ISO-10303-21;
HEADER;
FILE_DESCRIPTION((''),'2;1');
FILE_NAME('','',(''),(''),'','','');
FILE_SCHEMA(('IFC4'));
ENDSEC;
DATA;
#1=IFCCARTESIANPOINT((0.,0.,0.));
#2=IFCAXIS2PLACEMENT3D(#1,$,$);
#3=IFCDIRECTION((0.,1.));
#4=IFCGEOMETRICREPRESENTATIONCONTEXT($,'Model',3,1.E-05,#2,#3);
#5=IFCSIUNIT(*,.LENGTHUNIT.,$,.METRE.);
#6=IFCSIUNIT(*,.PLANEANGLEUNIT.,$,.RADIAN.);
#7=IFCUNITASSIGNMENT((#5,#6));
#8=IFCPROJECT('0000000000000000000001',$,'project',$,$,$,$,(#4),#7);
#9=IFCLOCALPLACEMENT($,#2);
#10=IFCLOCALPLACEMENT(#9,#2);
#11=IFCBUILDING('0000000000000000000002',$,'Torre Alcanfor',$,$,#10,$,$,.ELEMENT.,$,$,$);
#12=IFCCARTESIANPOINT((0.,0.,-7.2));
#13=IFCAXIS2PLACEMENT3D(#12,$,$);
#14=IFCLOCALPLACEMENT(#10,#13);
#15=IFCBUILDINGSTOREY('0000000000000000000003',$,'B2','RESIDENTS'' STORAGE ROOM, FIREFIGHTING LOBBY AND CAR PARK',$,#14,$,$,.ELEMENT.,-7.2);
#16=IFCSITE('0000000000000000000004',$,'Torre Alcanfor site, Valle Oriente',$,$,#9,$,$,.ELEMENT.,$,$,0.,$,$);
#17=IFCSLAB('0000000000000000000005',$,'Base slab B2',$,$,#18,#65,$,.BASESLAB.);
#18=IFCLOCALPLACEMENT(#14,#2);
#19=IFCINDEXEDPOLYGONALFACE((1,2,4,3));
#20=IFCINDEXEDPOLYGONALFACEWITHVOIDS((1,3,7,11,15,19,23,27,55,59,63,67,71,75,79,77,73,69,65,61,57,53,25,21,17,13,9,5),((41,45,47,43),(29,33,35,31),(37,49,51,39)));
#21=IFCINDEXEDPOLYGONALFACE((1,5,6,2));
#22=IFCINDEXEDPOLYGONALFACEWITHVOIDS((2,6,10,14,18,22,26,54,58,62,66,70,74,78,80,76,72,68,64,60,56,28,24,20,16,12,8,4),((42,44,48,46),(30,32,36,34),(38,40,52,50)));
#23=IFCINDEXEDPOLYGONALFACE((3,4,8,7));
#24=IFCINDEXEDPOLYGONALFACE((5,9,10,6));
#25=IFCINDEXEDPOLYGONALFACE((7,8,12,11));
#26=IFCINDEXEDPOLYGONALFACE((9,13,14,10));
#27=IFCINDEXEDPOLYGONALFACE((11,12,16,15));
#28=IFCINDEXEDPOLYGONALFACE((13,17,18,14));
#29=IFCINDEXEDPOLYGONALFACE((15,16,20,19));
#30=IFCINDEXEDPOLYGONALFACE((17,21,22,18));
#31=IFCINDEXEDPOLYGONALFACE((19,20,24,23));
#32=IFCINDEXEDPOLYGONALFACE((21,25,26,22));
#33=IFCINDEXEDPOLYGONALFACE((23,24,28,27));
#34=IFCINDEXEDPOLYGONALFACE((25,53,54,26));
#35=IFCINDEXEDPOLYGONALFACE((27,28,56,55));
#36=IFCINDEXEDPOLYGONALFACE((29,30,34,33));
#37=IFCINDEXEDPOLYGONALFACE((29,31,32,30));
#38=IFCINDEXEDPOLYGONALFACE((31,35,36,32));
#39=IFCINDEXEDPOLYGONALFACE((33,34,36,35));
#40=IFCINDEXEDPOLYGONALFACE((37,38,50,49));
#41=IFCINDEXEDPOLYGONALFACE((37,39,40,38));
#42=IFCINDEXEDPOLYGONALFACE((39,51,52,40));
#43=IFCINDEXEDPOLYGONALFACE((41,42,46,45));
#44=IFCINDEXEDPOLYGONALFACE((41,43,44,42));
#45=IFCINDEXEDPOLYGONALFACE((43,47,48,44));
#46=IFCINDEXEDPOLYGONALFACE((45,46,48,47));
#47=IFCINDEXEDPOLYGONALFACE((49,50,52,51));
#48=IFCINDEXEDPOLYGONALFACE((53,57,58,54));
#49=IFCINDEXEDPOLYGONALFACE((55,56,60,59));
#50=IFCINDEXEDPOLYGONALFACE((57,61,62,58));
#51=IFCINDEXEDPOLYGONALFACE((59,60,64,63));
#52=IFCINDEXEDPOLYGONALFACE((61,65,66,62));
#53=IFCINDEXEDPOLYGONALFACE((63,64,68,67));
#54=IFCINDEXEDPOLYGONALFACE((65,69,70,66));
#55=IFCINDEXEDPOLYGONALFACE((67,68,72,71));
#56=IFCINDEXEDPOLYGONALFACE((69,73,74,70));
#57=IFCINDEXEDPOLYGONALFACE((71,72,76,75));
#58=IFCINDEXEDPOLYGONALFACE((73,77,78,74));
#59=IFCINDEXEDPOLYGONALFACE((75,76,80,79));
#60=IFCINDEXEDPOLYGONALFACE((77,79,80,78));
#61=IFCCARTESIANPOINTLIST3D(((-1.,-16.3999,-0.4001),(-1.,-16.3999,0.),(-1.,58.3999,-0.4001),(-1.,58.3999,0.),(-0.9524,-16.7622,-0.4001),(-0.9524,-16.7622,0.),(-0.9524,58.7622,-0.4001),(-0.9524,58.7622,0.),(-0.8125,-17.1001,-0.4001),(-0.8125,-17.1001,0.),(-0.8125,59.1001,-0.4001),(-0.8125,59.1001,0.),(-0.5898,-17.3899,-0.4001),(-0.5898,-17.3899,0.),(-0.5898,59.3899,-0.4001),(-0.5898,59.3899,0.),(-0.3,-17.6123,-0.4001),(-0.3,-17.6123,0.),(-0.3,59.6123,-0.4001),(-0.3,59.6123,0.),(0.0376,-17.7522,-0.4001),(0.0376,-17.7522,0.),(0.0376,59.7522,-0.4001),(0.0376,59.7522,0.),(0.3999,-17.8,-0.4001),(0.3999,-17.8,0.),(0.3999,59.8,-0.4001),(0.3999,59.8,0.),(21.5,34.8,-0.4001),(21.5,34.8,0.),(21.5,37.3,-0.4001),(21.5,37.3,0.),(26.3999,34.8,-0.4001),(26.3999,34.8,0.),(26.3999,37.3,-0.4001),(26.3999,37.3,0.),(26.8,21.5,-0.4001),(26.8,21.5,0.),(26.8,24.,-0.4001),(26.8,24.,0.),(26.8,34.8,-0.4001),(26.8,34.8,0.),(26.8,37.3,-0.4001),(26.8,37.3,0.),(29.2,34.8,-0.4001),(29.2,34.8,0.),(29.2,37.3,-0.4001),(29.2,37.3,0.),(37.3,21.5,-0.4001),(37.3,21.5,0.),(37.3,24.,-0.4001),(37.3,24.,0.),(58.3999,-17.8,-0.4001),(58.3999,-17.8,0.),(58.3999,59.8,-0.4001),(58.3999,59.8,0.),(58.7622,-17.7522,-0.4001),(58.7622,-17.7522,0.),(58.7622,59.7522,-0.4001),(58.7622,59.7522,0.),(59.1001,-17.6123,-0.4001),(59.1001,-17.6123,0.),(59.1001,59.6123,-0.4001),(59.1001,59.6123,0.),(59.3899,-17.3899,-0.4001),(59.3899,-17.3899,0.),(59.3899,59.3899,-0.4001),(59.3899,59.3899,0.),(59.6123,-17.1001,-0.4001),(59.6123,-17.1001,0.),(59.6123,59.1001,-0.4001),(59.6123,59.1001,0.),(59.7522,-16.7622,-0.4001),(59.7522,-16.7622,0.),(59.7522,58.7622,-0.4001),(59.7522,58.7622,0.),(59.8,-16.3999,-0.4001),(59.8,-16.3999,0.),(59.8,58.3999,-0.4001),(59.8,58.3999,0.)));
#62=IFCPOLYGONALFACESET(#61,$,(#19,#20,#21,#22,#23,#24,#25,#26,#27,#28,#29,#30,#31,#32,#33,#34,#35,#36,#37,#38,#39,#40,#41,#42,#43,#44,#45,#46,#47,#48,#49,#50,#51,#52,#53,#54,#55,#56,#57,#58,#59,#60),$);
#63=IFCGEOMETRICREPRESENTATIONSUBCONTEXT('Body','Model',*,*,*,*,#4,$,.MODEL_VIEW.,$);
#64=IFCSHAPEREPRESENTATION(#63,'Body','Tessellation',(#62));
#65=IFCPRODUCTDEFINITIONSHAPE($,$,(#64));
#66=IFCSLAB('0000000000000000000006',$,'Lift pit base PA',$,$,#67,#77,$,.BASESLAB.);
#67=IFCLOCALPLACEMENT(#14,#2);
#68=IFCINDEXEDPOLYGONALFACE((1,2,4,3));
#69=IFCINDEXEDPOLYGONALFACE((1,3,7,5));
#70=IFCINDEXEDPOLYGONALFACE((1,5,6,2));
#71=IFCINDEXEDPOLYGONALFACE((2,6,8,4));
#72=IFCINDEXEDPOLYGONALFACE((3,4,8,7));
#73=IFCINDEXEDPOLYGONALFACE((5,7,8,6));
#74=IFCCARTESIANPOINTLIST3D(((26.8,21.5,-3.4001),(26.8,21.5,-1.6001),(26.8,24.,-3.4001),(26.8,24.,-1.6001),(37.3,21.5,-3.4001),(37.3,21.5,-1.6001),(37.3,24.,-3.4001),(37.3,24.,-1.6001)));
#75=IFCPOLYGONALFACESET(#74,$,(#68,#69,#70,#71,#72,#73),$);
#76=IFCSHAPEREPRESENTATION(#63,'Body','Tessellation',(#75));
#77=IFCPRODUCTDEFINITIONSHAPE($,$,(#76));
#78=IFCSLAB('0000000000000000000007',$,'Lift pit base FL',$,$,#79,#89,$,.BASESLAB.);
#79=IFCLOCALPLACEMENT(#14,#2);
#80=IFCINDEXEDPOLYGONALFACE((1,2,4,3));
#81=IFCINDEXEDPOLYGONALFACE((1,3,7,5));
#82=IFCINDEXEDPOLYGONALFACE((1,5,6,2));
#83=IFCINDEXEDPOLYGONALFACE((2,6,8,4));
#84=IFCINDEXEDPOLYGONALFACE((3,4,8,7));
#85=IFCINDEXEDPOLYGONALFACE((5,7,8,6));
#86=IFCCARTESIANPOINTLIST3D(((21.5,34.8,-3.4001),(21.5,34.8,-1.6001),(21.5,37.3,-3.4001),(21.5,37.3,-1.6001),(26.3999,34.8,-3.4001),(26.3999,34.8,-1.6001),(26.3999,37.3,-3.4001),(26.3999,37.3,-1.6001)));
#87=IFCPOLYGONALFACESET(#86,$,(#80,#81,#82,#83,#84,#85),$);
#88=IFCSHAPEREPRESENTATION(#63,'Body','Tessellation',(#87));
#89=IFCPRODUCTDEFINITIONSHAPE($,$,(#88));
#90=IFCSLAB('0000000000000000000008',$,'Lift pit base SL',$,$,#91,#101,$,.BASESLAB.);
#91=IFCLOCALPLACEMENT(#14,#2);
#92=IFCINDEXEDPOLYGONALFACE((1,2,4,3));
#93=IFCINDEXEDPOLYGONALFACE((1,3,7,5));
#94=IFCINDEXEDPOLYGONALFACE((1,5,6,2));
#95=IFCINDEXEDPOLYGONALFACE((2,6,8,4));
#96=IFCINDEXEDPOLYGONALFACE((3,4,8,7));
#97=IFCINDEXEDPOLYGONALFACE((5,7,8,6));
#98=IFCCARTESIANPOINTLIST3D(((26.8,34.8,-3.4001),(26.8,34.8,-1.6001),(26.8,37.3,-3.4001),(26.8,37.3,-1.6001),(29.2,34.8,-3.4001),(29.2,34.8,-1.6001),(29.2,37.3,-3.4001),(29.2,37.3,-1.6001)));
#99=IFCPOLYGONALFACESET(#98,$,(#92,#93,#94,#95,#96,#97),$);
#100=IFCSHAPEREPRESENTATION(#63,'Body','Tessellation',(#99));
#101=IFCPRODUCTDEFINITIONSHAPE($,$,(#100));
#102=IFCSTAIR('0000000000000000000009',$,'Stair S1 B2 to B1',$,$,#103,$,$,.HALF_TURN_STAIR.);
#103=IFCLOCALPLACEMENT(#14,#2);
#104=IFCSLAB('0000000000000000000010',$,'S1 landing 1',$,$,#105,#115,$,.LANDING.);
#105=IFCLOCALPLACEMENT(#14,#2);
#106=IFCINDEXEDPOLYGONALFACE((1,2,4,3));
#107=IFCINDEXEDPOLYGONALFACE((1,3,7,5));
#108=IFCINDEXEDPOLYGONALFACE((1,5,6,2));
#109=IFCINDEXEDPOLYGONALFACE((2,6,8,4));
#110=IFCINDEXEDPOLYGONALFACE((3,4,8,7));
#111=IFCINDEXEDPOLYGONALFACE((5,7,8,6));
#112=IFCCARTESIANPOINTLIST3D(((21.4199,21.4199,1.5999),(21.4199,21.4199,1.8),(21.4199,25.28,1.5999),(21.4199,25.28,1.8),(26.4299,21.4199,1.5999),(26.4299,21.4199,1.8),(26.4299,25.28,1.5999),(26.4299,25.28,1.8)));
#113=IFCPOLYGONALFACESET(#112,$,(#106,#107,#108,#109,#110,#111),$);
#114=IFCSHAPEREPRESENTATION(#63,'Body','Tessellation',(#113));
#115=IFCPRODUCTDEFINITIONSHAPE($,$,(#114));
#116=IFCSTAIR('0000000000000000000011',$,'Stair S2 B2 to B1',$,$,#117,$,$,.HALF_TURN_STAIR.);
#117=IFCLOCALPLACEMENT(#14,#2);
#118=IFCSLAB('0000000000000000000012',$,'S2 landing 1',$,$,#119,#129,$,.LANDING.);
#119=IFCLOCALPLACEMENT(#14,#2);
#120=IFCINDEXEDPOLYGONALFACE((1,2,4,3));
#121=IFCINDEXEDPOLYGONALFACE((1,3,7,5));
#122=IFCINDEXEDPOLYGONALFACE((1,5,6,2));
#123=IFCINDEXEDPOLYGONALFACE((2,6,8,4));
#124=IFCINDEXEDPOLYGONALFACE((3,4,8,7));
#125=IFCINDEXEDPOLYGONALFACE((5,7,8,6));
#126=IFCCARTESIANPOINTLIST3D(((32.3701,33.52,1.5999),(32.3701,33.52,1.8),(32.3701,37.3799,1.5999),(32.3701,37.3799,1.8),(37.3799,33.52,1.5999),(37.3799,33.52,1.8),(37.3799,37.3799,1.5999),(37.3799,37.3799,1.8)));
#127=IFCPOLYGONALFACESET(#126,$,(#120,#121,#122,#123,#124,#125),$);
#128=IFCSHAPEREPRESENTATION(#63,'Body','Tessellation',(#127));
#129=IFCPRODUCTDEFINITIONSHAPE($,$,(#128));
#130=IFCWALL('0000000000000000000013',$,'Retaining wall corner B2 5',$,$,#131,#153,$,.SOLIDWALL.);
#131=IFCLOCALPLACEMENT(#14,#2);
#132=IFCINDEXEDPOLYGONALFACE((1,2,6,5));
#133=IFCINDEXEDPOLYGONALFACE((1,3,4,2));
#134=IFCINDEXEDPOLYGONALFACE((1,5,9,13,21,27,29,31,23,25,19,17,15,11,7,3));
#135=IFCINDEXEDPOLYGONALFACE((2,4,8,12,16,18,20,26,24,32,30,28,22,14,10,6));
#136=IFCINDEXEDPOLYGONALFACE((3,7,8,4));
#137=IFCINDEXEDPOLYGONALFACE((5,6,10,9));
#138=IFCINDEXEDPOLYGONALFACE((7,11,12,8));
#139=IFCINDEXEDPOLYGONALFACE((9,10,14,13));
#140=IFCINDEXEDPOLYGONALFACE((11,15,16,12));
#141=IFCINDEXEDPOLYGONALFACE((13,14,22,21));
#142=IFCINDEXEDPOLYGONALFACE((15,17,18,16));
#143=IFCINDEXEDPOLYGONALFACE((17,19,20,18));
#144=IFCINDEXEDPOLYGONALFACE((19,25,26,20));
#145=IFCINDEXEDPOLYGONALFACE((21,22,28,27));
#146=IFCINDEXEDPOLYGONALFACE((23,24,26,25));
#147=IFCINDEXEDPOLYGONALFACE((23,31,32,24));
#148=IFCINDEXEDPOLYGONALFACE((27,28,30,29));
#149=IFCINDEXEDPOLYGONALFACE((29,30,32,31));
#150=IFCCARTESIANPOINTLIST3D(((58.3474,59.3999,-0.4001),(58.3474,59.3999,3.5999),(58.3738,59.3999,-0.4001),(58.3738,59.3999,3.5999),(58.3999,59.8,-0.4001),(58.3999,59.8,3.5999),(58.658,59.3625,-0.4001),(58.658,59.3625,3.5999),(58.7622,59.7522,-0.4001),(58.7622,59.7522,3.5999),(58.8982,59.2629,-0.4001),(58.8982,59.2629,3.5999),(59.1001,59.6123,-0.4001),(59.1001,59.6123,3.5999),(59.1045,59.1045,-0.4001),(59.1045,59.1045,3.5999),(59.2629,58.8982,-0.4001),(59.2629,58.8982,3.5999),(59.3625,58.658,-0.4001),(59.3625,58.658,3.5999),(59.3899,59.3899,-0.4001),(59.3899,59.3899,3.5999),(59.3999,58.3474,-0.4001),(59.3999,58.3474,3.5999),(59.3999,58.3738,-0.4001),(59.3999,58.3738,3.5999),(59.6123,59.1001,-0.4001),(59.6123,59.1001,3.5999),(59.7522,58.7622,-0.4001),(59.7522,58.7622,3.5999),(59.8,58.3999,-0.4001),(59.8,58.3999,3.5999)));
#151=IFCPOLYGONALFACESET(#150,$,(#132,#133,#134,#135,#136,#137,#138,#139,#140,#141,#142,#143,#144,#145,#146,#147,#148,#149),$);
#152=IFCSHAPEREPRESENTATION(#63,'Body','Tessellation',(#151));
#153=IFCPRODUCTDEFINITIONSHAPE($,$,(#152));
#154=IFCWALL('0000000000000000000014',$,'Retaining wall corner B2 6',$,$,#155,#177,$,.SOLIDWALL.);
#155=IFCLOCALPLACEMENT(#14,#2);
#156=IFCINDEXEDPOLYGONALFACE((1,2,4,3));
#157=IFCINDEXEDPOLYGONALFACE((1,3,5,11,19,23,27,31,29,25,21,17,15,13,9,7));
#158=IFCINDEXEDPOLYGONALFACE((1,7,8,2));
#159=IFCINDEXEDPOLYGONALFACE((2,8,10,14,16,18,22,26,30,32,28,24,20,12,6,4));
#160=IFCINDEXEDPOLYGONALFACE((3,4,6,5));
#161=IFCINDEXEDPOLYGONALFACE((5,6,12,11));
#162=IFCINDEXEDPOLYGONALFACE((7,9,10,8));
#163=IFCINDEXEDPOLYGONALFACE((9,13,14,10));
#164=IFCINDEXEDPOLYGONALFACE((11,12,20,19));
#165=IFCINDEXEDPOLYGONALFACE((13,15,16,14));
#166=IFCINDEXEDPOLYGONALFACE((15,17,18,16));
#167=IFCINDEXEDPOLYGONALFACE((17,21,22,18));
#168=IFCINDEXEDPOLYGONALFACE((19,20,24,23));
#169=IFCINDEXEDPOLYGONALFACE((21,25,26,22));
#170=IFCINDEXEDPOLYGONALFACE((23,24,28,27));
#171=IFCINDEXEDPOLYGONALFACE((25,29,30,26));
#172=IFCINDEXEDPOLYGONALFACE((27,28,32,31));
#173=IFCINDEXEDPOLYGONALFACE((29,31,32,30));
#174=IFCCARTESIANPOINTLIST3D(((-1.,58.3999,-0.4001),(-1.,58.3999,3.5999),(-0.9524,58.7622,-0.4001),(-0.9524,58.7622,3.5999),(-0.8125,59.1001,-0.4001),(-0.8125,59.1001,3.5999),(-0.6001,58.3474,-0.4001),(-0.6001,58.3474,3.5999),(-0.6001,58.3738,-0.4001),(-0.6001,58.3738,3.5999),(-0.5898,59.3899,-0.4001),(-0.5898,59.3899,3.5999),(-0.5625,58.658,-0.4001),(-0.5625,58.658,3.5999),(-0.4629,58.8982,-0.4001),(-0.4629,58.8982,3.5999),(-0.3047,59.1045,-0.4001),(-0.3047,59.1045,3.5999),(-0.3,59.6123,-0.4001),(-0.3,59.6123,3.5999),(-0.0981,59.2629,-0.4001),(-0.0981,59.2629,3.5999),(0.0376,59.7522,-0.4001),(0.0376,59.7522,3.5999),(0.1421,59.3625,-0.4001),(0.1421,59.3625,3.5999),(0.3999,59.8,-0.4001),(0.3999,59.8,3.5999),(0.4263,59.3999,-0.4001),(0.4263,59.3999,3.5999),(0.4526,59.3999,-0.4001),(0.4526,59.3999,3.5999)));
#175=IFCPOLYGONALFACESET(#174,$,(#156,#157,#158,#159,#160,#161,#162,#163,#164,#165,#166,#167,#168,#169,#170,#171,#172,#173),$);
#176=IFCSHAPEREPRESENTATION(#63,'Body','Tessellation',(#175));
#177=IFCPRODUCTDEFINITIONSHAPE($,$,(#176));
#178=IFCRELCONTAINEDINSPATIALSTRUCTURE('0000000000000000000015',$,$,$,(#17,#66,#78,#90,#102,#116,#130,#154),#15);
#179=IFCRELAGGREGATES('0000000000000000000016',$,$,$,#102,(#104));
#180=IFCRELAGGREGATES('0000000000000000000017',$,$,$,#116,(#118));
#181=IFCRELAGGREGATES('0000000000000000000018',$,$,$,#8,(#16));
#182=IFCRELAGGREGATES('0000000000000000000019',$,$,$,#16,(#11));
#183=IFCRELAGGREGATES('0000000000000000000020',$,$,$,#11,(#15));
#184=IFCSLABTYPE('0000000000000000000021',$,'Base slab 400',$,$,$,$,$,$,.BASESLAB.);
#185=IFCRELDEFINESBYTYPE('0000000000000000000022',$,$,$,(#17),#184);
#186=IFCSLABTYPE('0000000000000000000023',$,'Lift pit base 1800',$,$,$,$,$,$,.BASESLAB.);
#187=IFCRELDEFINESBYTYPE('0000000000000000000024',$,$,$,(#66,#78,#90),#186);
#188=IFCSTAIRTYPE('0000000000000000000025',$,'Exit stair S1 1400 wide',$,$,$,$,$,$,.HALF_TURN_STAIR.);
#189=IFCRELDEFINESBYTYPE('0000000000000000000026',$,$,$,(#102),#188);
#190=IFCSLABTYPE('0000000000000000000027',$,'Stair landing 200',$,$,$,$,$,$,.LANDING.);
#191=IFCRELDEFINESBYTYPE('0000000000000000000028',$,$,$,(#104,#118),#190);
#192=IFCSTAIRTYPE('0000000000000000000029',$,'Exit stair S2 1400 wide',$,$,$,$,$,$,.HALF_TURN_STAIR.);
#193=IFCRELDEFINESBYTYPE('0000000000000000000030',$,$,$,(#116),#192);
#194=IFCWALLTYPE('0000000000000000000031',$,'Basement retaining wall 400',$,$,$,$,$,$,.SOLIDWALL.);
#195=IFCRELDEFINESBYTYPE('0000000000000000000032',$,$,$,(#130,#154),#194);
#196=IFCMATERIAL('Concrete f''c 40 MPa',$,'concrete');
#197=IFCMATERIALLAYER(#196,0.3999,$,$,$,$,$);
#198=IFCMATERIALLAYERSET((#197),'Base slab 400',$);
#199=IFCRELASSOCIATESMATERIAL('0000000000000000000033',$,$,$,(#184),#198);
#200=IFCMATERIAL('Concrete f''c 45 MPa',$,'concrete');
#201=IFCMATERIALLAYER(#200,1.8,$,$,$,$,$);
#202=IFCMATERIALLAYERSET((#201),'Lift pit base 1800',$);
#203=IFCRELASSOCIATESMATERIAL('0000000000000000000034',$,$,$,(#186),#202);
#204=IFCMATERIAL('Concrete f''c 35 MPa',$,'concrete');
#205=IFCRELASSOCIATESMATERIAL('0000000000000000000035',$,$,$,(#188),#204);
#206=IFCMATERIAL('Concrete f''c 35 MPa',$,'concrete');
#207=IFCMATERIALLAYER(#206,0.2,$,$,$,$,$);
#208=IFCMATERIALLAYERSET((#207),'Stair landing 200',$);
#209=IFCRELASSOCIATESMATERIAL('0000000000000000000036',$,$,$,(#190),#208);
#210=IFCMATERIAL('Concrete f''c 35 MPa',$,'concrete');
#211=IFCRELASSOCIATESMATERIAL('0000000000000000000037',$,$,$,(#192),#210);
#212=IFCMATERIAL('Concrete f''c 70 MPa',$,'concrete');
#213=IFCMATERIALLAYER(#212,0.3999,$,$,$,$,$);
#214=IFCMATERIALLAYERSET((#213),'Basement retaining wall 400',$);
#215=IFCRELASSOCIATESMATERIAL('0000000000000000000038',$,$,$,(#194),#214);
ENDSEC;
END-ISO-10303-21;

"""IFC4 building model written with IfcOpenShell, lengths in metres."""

from ifc_helpers import new_model, si_unit, direction, frame, origin, place, context, subcontext, project, spatial, polyline, outline, extrude, material, layer, layer_set, type_object, element, aggregate, save


model = new_model("IFC4")

# Units and contexts
model_context = context("Model", 3, precision=1e-05, world=origin(), true_north=direction((0.0, 1.0)))
body_context = subcontext(model_context, "Body", "Model", "MODEL_VIEW")
ifc_project = project(units=[si_unit("LENGTHUNIT", "METRE"), si_unit("PLANEANGLEUNIT", "RADIAN")], contexts=[model_context])

# Site, building, storey
site_placement = place(None, origin())
site = spatial("IfcSite", under=ifc_project, at=site_placement, Name="Torre Alcanfor site, Valle Oriente", CompositionType="ELEMENT", RefElevation=0.0)
building_placement = place(site_placement, origin())
building = spatial("IfcBuilding", under=site, at=building_placement, Name="Torre Alcanfor", CompositionType="ELEMENT")
storey_placement = place(building_placement, frame((0.0, 0.0, -7.2)))
storey = spatial("IfcBuildingStorey", under=building, at=storey_placement, Name="B2", Description="RESIDENTS' STORAGE ROOM, FIREFIGHTING LOBBY AND CAR PARK", CompositionType="ELEMENT", Elevation=-7.2)

# Slabs
ifc_material_1 = material(Name="Concrete f'c 40 MPa", Category="concrete")
ifc_layer_1 = layer(ifc_material_1, 0.3999)
ifc_layer_set_1 = layer_set([ifc_layer_1], Name="Base slab 400")
slab_type_1 = type_object("IfcSlabType", Name="Base slab 400", PredefinedType="BASESLAB", material=ifc_layer_set_1)
slab_1_placement = place(storey_placement, frame((0.0, 0.0, -0.4001)))
element("IfcSlab", 1, at=slab_1_placement, inside=storey, type_object=slab_type_1, Name="Base slab B2", PredefinedType="BASESLAB", context=body_context, shape_type="SweptSolid", body=[
    extrude(outline(polyline([(58.3999, -17.8), (58.7622, -17.7522), (59.1001, -17.6123), (59.3899, -17.3899), (59.6123, -17.1001), (59.7522, -16.7622), (59.8, -16.3999), (59.8, 58.3999), (59.7522, 58.7622), (59.6123, 59.1001), (59.3899, 59.3899), (59.1001, 59.6123), (58.7622, 59.7522), (58.3999, 59.8), (0.3999, 59.8), (0.0376, 59.7522), (-0.3, 59.6123), (-0.5898, 59.3899), (-0.8125, 59.1001), (-0.9524, 58.7622), (-1.0, 58.3999), (-1.0, -16.3999), (-0.9524, -16.7622), (-0.8125, -17.1001), (-0.5898, -17.3899), (-0.3, -17.6123), (0.0376, -17.7522), (0.3999, -17.8), (58.3999, -17.8)]), holes=[polyline([(26.8, 21.5), (37.3, 21.5), (37.3, 24.0), (26.8, 24.0), (26.8, 21.5)]), polyline([(21.5, 34.8), (26.3999, 34.8), (26.3999, 37.3), (21.5, 37.3), (21.5, 34.8)]), polyline([(26.8, 34.8), (29.2, 34.8), (29.2, 37.3), (26.8, 37.3), (26.8, 34.8)])]), origin(), (0.0, 0.0, 1.0), 0.4001),
])
ifc_material_2 = material(Name="Concrete f'c 45 MPa", Category="concrete")
ifc_layer_2 = layer(ifc_material_2, 1.8)
ifc_layer_set_2 = layer_set([ifc_layer_2], Name="Lift pit base 1800")
slab_type_2 = type_object("IfcSlabType", Name="Lift pit base 1800", PredefinedType="BASESLAB", material=ifc_layer_set_2)
slab_2_placement = place(storey_placement, frame((0.0, 0.0, -3.4001)))
element("IfcSlab", 2, at=slab_2_placement, inside=storey, type_object=slab_type_2, Name="Lift pit base PA", PredefinedType="BASESLAB", context=body_context, shape_type="SweptSolid", body=[
    extrude(outline(polyline([(26.8, 21.5), (37.3, 21.5), (37.3, 24.0), (26.8, 24.0), (26.8, 21.5)])), origin(), (0.0, 0.0, 1.0), 1.8),
])
slab_3_placement = place(storey_placement, frame((0.0, 0.0, -3.4001)))
element("IfcSlab", 3, at=slab_3_placement, inside=storey, type_object=slab_type_2, Name="Lift pit base FL", PredefinedType="BASESLAB", context=body_context, shape_type="SweptSolid", body=[
    extrude(outline(polyline([(21.5, 34.8), (26.3999, 34.8), (26.3999, 37.3), (21.5, 37.3), (21.5, 34.8)])), origin(), (0.0, 0.0, 1.0), 1.8),
])
slab_4_placement = place(storey_placement, frame((0.0, 0.0, -3.4001)))
element("IfcSlab", 4, at=slab_4_placement, inside=storey, type_object=slab_type_2, Name="Lift pit base SL", PredefinedType="BASESLAB", context=body_context, shape_type="SweptSolid", body=[
    extrude(outline(polyline([(26.8, 34.8), (29.2, 34.8), (29.2, 37.3), (26.8, 37.3), (26.8, 34.8)])), origin(), (0.0, 0.0, 1.0), 1.8),
])

# Stairs, slabs
ifc_material_3 = material(Name="Concrete f'c 35 MPa", Category="concrete")
stair_type_1 = type_object("IfcStairType", Name="Exit stair S1 1400 wide", PredefinedType="HALF_TURN_STAIR", material=ifc_material_3)
stair_1_placement = place(storey_placement, origin())
stair_1 = element("IfcStair", 5, at=stair_1_placement, inside=storey, type_object=stair_type_1, Name="Stair S1 B2 to B1", PredefinedType="HALF_TURN_STAIR")
ifc_material_4 = material(Name="Concrete f'c 35 MPa", Category="concrete")
ifc_layer_3 = layer(ifc_material_4, 0.2)
ifc_layer_set_3 = layer_set([ifc_layer_3], Name="Stair landing 200")
slab_type_3 = type_object("IfcSlabType", Name="Stair landing 200", PredefinedType="LANDING", material=ifc_layer_set_3)
slab_5_placement = place(storey_placement, frame((0.0, 0.0, 1.5999)))
slab_5 = element("IfcSlab", 6, at=slab_5_placement, type_object=slab_type_3, Name="S1 landing 1", PredefinedType="LANDING", context=body_context, shape_type="SweptSolid", body=[
    extrude(outline(polyline([(21.4199, 21.4199), (26.4299, 21.4199), (26.4299, 25.28), (21.4199, 25.28), (21.4199, 21.4199)])), origin(), (0.0, 0.0, 1.0), 0.2002),
])
aggregate(stair_1, [slab_5])
ifc_material_5 = material(Name="Concrete f'c 35 MPa", Category="concrete")
stair_type_2 = type_object("IfcStairType", Name="Exit stair S2 1400 wide", PredefinedType="HALF_TURN_STAIR", material=ifc_material_5)
stair_2_placement = place(storey_placement, origin())
stair_2 = element("IfcStair", 7, at=stair_2_placement, inside=storey, type_object=stair_type_2, Name="Stair S2 B2 to B1", PredefinedType="HALF_TURN_STAIR")
slab_6_placement = place(storey_placement, frame((0.0, 0.0, 1.5999)))
slab_6 = element("IfcSlab", 8, at=slab_6_placement, type_object=slab_type_3, Name="S2 landing 1", PredefinedType="LANDING", context=body_context, shape_type="SweptSolid", body=[
    extrude(outline(polyline([(32.3701, 33.52), (37.3799, 33.52), (37.3799, 37.3799), (32.3701, 37.3799), (32.3701, 33.52)])), origin(), (0.0, 0.0, 1.0), 0.2002),
])
aggregate(stair_2, [slab_6])

# Walls
ifc_material_6 = material(Name="Concrete f'c 70 MPa", Category="concrete")
ifc_layer_4 = layer(ifc_material_6, 0.3999)
ifc_layer_set_4 = layer_set([ifc_layer_4], Name="Basement retaining wall 400")
wall_type = type_object("IfcWallType", Name="Basement retaining wall 400", PredefinedType="SOLIDWALL", material=ifc_layer_set_4)
wall_1_placement = place(storey_placement, frame((0.0, 0.0, -0.4001)))
element("IfcWall", 9, at=wall_1_placement, inside=storey, type_object=wall_type, Name="Retaining wall corner B2 5", PredefinedType="SOLIDWALL", context=body_context, shape_type="SweptSolid", body=[
    extrude(outline(polyline([(58.3999, 59.8), (58.3474, 59.3999), (58.3738, 59.3999), (58.658, 59.3625), (58.8982, 59.2629), (59.1045, 59.1045), (59.2629, 58.8982), (59.3625, 58.658), (59.3999, 58.3738), (59.3999, 58.3474), (59.8, 58.3999), (59.7522, 58.7622), (59.6123, 59.1001), (59.3899, 59.3899), (59.1001, 59.6123), (58.7622, 59.7522), (58.3999, 59.8)])), origin(), (0.0, 0.0, 1.0), 4.0),
])
wall_2_placement = place(storey_placement, frame((0.0, 0.0, -0.4001)))
element("IfcWall", 10, at=wall_2_placement, inside=storey, type_object=wall_type, Name="Retaining wall corner B2 6", PredefinedType="SOLIDWALL", context=body_context, shape_type="SweptSolid", body=[
    extrude(outline(polyline([(-1.0, 58.3999), (-0.6001, 58.3474), (-0.6001, 58.3738), (-0.5625, 58.658), (-0.4629, 58.8982), (-0.3047, 59.1045), (-0.0981, 59.2629), (0.1421, 59.3625), (0.4263, 59.3999), (0.4526, 59.3999), (0.3999, 59.8), (0.0376, 59.7522), (-0.3, 59.6123), (-0.5898, 59.3899), (-0.8125, 59.1001), (-0.9524, 58.7622), (-1.0, 58.3999)])), origin(), (0.0, 0.0, 1.0), 4.0),
])

save(model, "model.ifc")
